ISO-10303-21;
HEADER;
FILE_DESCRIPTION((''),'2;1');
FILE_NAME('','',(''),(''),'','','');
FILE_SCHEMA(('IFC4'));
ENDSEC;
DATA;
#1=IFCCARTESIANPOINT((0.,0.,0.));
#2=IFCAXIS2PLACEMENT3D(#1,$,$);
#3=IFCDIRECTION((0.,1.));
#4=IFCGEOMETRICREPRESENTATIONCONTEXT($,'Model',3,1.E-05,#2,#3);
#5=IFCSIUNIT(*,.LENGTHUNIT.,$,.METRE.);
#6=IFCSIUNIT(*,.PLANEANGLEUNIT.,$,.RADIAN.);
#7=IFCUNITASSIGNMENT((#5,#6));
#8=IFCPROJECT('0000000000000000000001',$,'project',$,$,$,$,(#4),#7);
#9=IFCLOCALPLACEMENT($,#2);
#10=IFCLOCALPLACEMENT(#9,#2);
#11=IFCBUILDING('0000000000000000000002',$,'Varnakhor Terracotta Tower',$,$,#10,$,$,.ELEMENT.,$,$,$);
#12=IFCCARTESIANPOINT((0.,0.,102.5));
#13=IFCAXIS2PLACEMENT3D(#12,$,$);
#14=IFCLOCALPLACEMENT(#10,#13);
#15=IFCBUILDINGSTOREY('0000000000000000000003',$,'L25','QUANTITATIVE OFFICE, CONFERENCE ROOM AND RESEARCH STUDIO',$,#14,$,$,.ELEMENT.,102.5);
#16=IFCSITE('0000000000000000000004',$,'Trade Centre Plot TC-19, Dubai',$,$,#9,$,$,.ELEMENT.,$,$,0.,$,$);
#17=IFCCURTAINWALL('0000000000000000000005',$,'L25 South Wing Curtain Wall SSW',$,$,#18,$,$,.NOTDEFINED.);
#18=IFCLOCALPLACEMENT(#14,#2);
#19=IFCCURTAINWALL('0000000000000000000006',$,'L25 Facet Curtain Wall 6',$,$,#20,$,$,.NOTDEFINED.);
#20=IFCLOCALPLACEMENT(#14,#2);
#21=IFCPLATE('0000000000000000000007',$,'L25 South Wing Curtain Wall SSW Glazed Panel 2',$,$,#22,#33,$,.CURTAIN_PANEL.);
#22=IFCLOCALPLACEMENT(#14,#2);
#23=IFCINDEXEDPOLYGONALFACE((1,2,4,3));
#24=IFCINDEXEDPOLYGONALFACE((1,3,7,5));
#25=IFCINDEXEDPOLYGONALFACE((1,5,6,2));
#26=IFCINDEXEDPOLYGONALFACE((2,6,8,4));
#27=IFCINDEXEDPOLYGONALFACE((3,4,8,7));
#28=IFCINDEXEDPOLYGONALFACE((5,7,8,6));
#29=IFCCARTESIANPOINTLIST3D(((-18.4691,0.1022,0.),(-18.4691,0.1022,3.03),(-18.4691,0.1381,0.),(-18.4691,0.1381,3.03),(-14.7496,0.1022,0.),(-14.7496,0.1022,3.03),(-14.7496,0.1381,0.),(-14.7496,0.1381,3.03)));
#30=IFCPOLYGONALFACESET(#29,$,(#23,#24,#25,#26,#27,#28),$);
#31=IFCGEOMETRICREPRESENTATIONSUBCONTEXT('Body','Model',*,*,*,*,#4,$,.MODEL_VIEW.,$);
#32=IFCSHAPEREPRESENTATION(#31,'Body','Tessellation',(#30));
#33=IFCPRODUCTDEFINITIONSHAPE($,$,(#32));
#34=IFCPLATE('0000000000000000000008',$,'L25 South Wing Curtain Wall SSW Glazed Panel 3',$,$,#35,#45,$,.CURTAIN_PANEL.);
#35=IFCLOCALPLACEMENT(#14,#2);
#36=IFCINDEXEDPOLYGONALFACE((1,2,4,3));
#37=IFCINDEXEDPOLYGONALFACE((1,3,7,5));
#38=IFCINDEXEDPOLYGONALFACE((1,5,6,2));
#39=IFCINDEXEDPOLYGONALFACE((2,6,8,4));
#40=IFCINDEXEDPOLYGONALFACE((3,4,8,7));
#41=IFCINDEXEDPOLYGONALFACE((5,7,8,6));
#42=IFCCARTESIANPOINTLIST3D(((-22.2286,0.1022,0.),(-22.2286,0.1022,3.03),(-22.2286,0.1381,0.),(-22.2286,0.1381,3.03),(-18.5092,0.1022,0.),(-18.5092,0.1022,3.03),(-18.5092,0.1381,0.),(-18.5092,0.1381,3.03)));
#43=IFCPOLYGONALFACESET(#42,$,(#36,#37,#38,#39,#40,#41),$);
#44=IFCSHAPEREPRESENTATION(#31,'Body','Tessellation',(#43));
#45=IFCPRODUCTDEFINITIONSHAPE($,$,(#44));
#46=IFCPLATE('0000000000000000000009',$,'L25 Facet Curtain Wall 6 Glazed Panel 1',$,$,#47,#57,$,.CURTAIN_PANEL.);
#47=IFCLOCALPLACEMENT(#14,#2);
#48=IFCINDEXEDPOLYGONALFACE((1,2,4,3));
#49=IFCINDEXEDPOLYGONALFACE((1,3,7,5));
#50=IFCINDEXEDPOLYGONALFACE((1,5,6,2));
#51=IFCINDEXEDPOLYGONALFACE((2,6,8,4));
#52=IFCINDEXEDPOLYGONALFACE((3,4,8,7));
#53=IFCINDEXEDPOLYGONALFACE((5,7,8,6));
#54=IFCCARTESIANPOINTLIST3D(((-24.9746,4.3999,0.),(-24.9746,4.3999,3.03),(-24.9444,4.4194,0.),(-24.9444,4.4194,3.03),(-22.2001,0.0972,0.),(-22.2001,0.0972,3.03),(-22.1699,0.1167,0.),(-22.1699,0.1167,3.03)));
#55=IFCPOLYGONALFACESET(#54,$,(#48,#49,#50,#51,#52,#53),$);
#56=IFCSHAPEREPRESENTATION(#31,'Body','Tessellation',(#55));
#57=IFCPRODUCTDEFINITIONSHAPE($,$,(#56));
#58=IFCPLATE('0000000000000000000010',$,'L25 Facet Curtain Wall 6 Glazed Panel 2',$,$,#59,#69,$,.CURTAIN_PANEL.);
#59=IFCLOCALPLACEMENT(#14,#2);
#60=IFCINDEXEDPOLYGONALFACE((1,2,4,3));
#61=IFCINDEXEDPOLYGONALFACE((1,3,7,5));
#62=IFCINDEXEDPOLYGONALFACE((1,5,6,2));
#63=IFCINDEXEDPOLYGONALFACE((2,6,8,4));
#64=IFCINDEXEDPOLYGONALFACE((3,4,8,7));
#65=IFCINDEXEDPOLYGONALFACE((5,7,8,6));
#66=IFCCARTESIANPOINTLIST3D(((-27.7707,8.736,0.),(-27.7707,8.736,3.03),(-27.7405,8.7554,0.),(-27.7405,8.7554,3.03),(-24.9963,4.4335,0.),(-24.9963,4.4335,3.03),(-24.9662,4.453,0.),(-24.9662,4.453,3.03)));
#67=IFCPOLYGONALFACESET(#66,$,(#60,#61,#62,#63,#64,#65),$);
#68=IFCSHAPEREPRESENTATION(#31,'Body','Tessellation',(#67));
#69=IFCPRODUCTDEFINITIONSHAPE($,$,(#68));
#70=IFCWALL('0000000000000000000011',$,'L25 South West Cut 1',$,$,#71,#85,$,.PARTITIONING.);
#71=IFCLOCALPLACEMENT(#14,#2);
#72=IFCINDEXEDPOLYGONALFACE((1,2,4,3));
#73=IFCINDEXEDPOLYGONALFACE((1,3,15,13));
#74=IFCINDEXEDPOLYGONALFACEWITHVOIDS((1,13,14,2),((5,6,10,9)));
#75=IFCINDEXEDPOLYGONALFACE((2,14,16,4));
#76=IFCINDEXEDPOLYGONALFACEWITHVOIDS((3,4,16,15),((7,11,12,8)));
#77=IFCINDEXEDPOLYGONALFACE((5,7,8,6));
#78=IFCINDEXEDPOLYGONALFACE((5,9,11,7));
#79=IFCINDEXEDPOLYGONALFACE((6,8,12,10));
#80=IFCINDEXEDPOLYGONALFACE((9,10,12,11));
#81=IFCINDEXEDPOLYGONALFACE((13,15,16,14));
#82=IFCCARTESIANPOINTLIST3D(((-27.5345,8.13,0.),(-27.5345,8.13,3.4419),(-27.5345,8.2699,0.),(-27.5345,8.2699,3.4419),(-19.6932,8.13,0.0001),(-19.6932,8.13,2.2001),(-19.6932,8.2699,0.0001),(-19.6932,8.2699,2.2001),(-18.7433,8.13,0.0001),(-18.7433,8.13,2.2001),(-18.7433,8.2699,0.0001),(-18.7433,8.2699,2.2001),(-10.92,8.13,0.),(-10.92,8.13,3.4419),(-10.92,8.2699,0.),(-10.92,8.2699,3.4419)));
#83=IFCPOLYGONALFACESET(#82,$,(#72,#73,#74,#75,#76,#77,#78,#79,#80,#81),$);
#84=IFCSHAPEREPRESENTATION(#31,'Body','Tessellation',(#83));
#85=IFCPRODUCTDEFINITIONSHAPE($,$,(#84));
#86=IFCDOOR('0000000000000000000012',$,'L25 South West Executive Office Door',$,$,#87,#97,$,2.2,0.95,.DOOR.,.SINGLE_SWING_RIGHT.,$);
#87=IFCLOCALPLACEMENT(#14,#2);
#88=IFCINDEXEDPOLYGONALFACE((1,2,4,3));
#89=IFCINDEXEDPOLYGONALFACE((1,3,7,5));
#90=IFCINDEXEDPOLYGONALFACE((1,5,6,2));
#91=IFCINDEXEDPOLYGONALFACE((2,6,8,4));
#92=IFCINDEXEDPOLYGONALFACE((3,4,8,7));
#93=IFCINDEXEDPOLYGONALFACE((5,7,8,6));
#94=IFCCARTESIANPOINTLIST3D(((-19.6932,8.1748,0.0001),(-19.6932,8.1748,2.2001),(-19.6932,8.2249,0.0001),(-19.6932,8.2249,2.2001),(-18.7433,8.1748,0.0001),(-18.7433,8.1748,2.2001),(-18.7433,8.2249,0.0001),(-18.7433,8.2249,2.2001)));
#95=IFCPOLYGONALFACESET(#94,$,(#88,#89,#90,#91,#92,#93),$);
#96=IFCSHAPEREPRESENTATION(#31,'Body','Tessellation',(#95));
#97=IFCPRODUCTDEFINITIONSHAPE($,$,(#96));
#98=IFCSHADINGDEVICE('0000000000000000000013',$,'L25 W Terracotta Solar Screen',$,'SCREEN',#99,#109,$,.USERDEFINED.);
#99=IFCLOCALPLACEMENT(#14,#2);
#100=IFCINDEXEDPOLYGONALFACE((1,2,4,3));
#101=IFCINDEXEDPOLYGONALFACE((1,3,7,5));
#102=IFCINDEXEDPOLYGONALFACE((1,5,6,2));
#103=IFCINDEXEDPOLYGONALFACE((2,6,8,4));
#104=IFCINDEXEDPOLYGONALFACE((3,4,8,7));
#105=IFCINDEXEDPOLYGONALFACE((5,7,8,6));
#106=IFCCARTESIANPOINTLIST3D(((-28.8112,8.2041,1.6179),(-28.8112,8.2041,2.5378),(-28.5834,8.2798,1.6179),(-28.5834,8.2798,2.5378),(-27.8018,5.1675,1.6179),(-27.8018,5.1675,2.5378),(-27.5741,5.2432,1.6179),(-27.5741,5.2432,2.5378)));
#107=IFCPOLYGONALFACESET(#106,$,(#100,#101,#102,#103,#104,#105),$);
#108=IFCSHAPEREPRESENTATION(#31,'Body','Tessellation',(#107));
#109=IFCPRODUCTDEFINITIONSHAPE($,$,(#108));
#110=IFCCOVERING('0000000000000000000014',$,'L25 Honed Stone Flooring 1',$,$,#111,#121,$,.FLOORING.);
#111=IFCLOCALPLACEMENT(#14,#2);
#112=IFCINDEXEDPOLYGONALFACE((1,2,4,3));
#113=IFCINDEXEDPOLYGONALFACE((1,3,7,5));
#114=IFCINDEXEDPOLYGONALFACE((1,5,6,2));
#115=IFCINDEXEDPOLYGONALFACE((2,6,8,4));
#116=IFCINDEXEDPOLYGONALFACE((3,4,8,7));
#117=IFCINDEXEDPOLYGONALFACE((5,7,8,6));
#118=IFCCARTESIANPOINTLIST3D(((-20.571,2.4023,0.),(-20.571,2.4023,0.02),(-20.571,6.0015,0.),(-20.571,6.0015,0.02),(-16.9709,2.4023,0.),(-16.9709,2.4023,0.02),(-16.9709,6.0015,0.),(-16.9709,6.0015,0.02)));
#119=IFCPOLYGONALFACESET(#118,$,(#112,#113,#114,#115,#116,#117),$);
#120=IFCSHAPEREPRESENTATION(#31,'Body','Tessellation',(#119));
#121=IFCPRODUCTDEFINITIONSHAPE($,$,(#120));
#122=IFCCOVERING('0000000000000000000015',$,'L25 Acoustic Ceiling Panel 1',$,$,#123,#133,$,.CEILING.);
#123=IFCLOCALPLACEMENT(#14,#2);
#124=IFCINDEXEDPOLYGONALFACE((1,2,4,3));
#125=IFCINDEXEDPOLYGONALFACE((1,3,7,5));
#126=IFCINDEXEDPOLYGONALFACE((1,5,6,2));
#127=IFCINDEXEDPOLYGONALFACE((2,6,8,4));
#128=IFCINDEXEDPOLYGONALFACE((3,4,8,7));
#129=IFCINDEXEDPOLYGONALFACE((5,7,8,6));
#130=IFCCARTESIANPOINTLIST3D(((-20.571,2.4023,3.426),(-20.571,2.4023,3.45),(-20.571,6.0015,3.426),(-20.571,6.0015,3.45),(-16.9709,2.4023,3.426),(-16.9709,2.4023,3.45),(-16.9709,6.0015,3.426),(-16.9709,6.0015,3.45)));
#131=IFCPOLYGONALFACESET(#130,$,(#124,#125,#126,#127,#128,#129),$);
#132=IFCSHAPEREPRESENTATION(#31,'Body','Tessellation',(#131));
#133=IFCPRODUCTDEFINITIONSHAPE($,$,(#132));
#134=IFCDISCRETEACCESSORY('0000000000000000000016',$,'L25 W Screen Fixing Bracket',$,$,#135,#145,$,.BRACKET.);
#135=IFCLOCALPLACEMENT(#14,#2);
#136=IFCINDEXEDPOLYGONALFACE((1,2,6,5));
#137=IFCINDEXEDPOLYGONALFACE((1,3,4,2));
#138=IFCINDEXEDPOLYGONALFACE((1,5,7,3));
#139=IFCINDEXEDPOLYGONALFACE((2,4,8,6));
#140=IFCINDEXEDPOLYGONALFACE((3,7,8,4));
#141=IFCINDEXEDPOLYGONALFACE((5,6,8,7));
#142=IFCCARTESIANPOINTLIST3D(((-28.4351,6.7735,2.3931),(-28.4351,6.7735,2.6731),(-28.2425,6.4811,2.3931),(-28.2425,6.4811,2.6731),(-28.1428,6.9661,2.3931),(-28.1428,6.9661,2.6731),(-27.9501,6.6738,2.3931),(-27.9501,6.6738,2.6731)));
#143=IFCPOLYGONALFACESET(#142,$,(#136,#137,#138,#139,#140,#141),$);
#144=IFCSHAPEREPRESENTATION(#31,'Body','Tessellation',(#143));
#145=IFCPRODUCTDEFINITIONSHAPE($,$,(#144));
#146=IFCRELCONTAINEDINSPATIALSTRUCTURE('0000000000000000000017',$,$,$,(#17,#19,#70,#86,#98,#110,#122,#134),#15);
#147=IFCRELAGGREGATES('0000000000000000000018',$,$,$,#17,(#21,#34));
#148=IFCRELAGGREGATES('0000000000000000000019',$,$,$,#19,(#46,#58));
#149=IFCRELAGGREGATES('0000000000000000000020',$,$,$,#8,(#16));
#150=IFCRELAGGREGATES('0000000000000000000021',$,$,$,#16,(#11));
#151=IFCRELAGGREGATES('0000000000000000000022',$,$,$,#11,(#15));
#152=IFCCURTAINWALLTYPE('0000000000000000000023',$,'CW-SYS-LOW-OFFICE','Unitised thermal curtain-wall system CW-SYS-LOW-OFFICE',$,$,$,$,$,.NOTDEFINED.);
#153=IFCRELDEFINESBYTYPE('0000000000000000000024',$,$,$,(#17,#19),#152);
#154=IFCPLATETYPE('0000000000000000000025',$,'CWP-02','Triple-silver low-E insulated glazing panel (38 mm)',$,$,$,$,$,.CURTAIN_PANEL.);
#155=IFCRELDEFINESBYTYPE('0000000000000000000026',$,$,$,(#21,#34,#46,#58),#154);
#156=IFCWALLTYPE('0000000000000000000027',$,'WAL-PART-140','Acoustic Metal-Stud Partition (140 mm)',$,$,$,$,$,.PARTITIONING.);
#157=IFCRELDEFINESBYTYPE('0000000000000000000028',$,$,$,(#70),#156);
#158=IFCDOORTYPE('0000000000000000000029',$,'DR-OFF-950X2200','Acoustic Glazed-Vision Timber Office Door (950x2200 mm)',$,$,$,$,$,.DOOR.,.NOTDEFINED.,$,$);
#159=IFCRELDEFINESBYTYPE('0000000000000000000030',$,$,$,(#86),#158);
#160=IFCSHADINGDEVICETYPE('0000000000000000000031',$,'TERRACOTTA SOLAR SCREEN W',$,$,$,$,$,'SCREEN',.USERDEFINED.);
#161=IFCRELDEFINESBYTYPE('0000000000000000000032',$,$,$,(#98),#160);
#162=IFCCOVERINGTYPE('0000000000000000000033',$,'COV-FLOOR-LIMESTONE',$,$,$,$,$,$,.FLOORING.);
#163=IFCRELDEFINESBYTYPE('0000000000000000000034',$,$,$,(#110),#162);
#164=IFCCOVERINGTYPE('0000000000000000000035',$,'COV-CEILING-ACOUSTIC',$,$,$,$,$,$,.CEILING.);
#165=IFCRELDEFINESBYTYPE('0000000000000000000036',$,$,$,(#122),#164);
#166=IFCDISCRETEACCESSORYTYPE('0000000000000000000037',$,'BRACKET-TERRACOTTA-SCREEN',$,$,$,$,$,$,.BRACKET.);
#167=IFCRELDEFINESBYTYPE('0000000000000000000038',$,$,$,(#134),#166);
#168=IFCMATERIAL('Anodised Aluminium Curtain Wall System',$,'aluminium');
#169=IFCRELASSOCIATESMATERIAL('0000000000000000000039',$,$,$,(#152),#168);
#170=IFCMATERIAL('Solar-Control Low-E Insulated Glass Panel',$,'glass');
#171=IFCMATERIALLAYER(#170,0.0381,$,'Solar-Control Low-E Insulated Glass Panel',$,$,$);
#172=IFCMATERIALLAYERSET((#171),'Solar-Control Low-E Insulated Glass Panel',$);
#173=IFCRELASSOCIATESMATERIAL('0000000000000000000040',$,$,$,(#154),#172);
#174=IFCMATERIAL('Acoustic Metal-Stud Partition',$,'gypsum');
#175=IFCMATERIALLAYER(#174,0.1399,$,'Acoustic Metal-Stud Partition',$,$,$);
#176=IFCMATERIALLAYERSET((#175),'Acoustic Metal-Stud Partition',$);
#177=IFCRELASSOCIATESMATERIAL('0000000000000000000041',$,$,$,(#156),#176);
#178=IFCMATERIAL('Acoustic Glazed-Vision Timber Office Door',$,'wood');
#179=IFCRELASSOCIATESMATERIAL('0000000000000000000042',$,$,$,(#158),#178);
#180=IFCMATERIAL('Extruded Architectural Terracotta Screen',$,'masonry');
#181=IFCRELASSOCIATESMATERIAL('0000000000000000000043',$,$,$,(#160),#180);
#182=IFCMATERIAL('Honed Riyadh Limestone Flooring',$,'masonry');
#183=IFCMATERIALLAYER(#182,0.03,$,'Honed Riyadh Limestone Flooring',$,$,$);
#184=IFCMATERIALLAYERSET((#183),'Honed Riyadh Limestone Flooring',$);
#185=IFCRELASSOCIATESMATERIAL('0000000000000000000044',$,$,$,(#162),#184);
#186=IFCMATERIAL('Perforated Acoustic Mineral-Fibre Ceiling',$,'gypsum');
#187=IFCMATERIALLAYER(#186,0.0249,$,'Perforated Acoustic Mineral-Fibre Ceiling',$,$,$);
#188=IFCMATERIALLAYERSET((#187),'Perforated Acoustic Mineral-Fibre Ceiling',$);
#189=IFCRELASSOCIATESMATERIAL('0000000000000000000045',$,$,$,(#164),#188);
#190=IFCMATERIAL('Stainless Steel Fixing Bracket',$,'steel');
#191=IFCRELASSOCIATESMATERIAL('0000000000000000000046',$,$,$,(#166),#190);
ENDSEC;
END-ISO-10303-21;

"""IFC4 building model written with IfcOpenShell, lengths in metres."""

from ifc_helpers import new_model, si_unit, direction, frame, frame_2d, origin, origin_2d, place, context, subcontext, project, spatial, rectangle, extrude, source, transform, mapped, material, layer, layer_set, type_object, type_shapes, element, fill, aggregate, save


model = new_model("IFC4")

# Units and contexts
model_context = context("Model", 3, precision=1e-05, world=origin(), true_north=direction((0.0, 1.0)))
body_context = subcontext(model_context, "Body", "Model", "MODEL_VIEW")
ifc_project = project(units=[si_unit("LENGTHUNIT", "METRE"), si_unit("PLANEANGLEUNIT", "RADIAN")], contexts=[model_context])

# Site, building, storey
site_placement = place(None, origin())
site = spatial("IfcSite", under=ifc_project, at=site_placement, Name="Trade Centre Plot TC-19, Dubai", CompositionType="ELEMENT", RefElevation=0.0)
building_placement = place(site_placement, origin())
building = spatial("IfcBuilding", under=site, at=building_placement, Name="Varnakhor Terracotta Tower", CompositionType="ELEMENT")
storey_placement = place(building_placement, frame((0.0, 0.0, 102.5)))
storey = spatial("IfcBuildingStorey", under=building, at=storey_placement, Name="L25", Description="QUANTITATIVE OFFICE, CONFERENCE ROOM AND RESEARCH STUDIO", CompositionType="ELEMENT", Elevation=102.5)

# Curtain walls
ifc_material_1 = material(Name="Anodised Aluminium Curtain Wall System", Category="aluminium")
curtain_wall_type = type_object("IfcCurtainWallType", Name="CW-SYS-LOW-OFFICE", Description="Unitised thermal curtain-wall system CW-SYS-LOW-OFFICE", PredefinedType="NOTDEFINED", material=ifc_material_1)
curtain_wall_1_placement = place(storey_placement, origin())
curtain_wall_1 = element("IfcCurtainWall", 1, at=curtain_wall_1_placement, inside=storey, type_object=curtain_wall_type, Name="L25 South Wing Curtain Wall SSW", PredefinedType="NOTDEFINED")
curtain_wall_2_placement = place(storey_placement, origin())
curtain_wall_2 = element("IfcCurtainWall", 2, at=curtain_wall_2_placement, inside=storey, type_object=curtain_wall_type, Name="L25 Facet Curtain Wall 6", PredefinedType="NOTDEFINED")

# Plates
ifc_material_2 = material(Name="Solar-Control Low-E Insulated Glass Panel", Category="glass")
ifc_layer_1 = layer(ifc_material_2, 0.0381, Name="Solar-Control Low-E Insulated Glass Panel")
ifc_layer_set_1 = layer_set([ifc_layer_1], Name="Solar-Control Low-E Insulated Glass Panel")
plate_type = type_object("IfcPlateType", Name="CWP-02", Description="Triple-silver low-E insulated glazing panel (38 mm)", PredefinedType="CURTAIN_PANEL", material=ifc_layer_set_1)
shared_shape_1 = source(origin(), body_context, "Body", "SweptSolid", [
    extrude(rectangle(XDim=3.7195, YDim=0.0359, at=origin_2d()), origin(), (0.0, 0.0, 1.0), 3.03),
])
plate_1_placement = place(storey_placement, frame((-16.6094, 0.1201, 0.0), z_axis=(0.0, 0.0, 1.0), x_axis=(-1.0, 0.0, 0.0)))
plate_1 = element("IfcPlate", 3, at=plate_1_placement, type_object=plate_type, Name="L25 South Wing Curtain Wall SSW Glazed Panel 2", PredefinedType="CURTAIN_PANEL", context=body_context, shape_type="MappedRepresentation", body=[
    mapped(shared_shape_1, transform((0.0, 0.0, 0.0), scale=1.0)),
])
plate_2_placement = place(storey_placement, frame((-20.3689, 0.1201, 0.0), z_axis=(0.0, 0.0, 1.0), x_axis=(-1.0, 0.0, 0.0)))
plate_2 = element("IfcPlate", 4, at=plate_2_placement, type_object=plate_type, Name="L25 South Wing Curtain Wall SSW Glazed Panel 3", PredefinedType="CURTAIN_PANEL", context=body_context, shape_type="MappedRepresentation", body=[
    mapped(shared_shape_1, transform((0.0, 0.0, 0.0), scale=1.0)),
])
aggregate(curtain_wall_1, [plate_1, plate_2])
shared_shape_2 = source(origin(), body_context, "Body", "SweptSolid", [
    extrude(rectangle(XDim=5.1196, YDim=0.0359, at=origin_2d()), origin(), (0.0, 0.0, 1.0), 3.03),
])
plate_3_placement = place(storey_placement, frame((-23.5723, 2.2583, 0.0), z_axis=(0.0, 0.0, 1.0), x_axis=(-0.541928, 0.840425, 0.0)))
plate_3 = element("IfcPlate", 5, at=plate_3_placement, type_object=plate_type, Name="L25 Facet Curtain Wall 6 Glazed Panel 1", PredefinedType="CURTAIN_PANEL", context=body_context, shape_type="MappedRepresentation", body=[
    mapped(shared_shape_2, transform((0.0, 0.0, 0.0), scale=1.0)),
])
shared_shape_3 = source(origin(), body_context, "Body", "SweptSolid", [
    extrude(rectangle(XDim=5.1194, YDim=0.0359, at=origin_2d()), origin(), (0.0, 0.0, 1.0), 3.03),
])
plate_4_placement = place(storey_placement, frame((-26.3684, 6.5945, 0.0), z_axis=(0.0, 0.0, 1.0), x_axis=(-0.541928, 0.840425, 0.0)))
plate_4 = element("IfcPlate", 6, at=plate_4_placement, type_object=plate_type, Name="L25 Facet Curtain Wall 6 Glazed Panel 2", PredefinedType="CURTAIN_PANEL", context=body_context, shape_type="MappedRepresentation", body=[
    mapped(shared_shape_3, transform((0.0, 0.0, 0.0), scale=1.0)),
])
aggregate(curtain_wall_2, [plate_3, plate_4])

# Wall, opening, door
ifc_material_3 = material(Name="Acoustic Metal-Stud Partition", Category="gypsum")
ifc_layer_2 = layer(ifc_material_3, 0.1399, Name="Acoustic Metal-Stud Partition")
ifc_layer_set_2 = layer_set([ifc_layer_2], Name="Acoustic Metal-Stud Partition")
wall_type = type_object("IfcWallType", Name="WAL-PART-140", Description="Acoustic Metal-Stud Partition (140 mm)", PredefinedType="PARTITIONING", material=ifc_layer_set_2)
wall_placement = place(storey_placement, frame((-27.5344, 8.2, 0.0), z_axis=(0.0, 0.0, 1.0), x_axis=(1.0, 0.0, 0.0)))
wall = element("IfcWall", 7, at=wall_placement, inside=storey, type_object=wall_type, Name="L25 South West Cut 1", PredefinedType="PARTITIONING", context=body_context, shape_type="SweptSolid", body=[
    extrude(rectangle(XDim=16.6145, YDim=0.1399, at=frame_2d((8.3071, 0.0))), origin(), (0.0, 0.0, 1.0), 3.4419),
])
opening_placement = place(wall_placement, frame((7.8411, 0.0, 0.0)))
opening = element("IfcOpeningElement", 8, at=opening_placement, cuts=wall, PredefinedType="OPENING", context=body_context, shape_type="SweptSolid", body=[
    extrude(rectangle(XDim=0.95, YDim=2.2, at=frame_2d((0.4751, 1.1001))), frame((0.0, 0.0801, 0.0), z_axis=(0.0, -1.0, 0.0), x_axis=(1.0, 0.0, 0.0)), (0.0, 0.0, 1.0), 0.1599),
])
ifc_material_4 = material(Name="Acoustic Glazed-Vision Timber Office Door", Category="wood")
door_type = type_object("IfcDoorType", Name="DR-OFF-950X2200", Description="Acoustic Glazed-Vision Timber Office Door (950x2200 mm)", OperationType="NOTDEFINED", PredefinedType="DOOR", material=ifc_material_4)
shared_shape_4 = source(origin(), body_context, "Body", "SweptSolid", [
    extrude(rectangle(XDim=0.95, YDim=2.2, at=frame_2d((0.4751, 1.1001))), frame((0.0, 0.0249, 0.0), z_axis=(0.0, -1.0, 0.0), x_axis=(1.0, 0.0, 0.0)), (0.0, 0.0, 1.0), 0.05),
])
type_shapes(door_type, [shared_shape_4])
door_placement = place(opening_placement, origin())
door = element("IfcDoor", 9, at=door_placement, inside=storey, type_object=door_type, Name="L25 South West Executive Office Door", OperationType="SINGLE_SWING_RIGHT", OverallHeight=2.2, OverallWidth=0.95, PredefinedType="DOOR", context=body_context, shape_type="MappedRepresentation", body=[
    mapped(shared_shape_4, transform((0.0, 0.0, 0.0), scale=1.0)),
])
fill(opening, door)

# Shading device
ifc_material_5 = material(Name="Extruded Architectural Terracotta Screen", Category="masonry")
shading_device_type = type_object("IfcShadingDeviceType", Name="TERRACOTTA SOLAR SCREEN W", ElementType="SCREEN", PredefinedType="USERDEFINED", material=ifc_material_5)
shared_shape_5 = source(origin(), body_context, "Body", "SweptSolid", [
    extrude(rectangle(XDim=3.2, YDim=0.24, at=origin_2d()), origin(), (0.0, 0.0, 1.0), 0.9199),
])
type_shapes(shading_device_type, [shared_shape_5])
shading_device_placement = place(storey_placement, frame((-28.1926, 6.7236, 1.6179), z_axis=(0.0, 0.0, 1.0), x_axis=(0.315417, -0.948953, 0.0)))
element("IfcShadingDevice", 10, at=shading_device_placement, inside=storey, type_object=shading_device_type, Name="L25 W Terracotta Solar Screen", ObjectType="SCREEN", PredefinedType="USERDEFINED", context=body_context, shape_type="MappedRepresentation", body=[
    mapped(shared_shape_5, transform((0.0, 0.0, 0.0), scale=1.0)),
])

# Coverings
ifc_material_6 = material(Name="Honed Riyadh Limestone Flooring", Category="masonry")
ifc_layer_3 = layer(ifc_material_6, 0.03, Name="Honed Riyadh Limestone Flooring")
ifc_layer_set_3 = layer_set([ifc_layer_3], Name="Honed Riyadh Limestone Flooring")
covering_type_1 = type_object("IfcCoveringType", Name="COV-FLOOR-LIMESTONE", PredefinedType="FLOORING", material=ifc_layer_set_3)
shared_shape_6 = source(origin(), body_context, "Body", "SweptSolid", [
    extrude(rectangle(XDim=3.6001, YDim=3.5991, at=origin_2d()), origin(), (0.0, 0.0, 1.0), 0.02),
])
covering_1_placement = place(storey_placement, frame((-18.771, 4.2019, 0.0), z_axis=(0.0, 0.0, 1.0), x_axis=(1.0, 0.0, 0.0)))
element("IfcCovering", 11, at=covering_1_placement, inside=storey, type_object=covering_type_1, Name="L25 Honed Stone Flooring 1", PredefinedType="FLOORING", context=body_context, shape_type="MappedRepresentation", body=[
    mapped(shared_shape_6, transform((0.0, 0.0, 0.0), scale=1.0)),
])
ifc_material_7 = material(Name="Perforated Acoustic Mineral-Fibre Ceiling", Category="gypsum")
ifc_layer_4 = layer(ifc_material_7, 0.0249, Name="Perforated Acoustic Mineral-Fibre Ceiling")
ifc_layer_set_4 = layer_set([ifc_layer_4], Name="Perforated Acoustic Mineral-Fibre Ceiling")
covering_type_2 = type_object("IfcCoveringType", Name="COV-CEILING-ACOUSTIC", PredefinedType="CEILING", material=ifc_layer_set_4)
shared_shape_7 = source(origin(), body_context, "Body", "SweptSolid", [
    extrude(rectangle(XDim=3.6001, YDim=3.5991, at=origin_2d()), origin(), (0.0, 0.0, 1.0), 0.0239),
])
covering_2_placement = place(storey_placement, frame((-18.771, 4.2019, 3.426), z_axis=(0.0, 0.0, 1.0), x_axis=(1.0, 0.0, 0.0)))
element("IfcCovering", 12, at=covering_2_placement, inside=storey, type_object=covering_type_2, Name="L25 Acoustic Ceiling Panel 1", PredefinedType="CEILING", context=body_context, shape_type="MappedRepresentation", body=[
    mapped(shared_shape_7, transform((0.0, 0.0, 0.0), scale=1.0)),
])

# Discrete accessory
ifc_material_8 = material(Name="Stainless Steel Fixing Bracket", Category="steel")
discrete_accessory_type = type_object("IfcDiscreteAccessoryType", Name="BRACKET-TERRACOTTA-SCREEN", PredefinedType="BRACKET", material=ifc_material_8)
shared_shape_8 = source(origin(), body_context, "Body", "SweptSolid", [
    extrude(rectangle(XDim=0.3501, YDim=0.3501, at=origin_2d()), origin(), (0.0, 0.0, 1.0), 0.28),
])
type_shapes(discrete_accessory_type, [shared_shape_8])
discrete_accessory_placement = place(storey_placement, frame((-28.1926, 6.7236, 2.3931), z_axis=(0.0, 0.0, 1.0), x_axis=(0.550277, -0.834982, 0.0)))
element("IfcDiscreteAccessory", 13, at=discrete_accessory_placement, inside=storey, type_object=discrete_accessory_type, Name="L25 W Screen Fixing Bracket", PredefinedType="BRACKET", context=body_context, shape_type="MappedRepresentation", body=[
    mapped(shared_shape_8, transform((0.0, 0.0, 0.0), scale=1.0)),
])

save(model, "model.ifc")
